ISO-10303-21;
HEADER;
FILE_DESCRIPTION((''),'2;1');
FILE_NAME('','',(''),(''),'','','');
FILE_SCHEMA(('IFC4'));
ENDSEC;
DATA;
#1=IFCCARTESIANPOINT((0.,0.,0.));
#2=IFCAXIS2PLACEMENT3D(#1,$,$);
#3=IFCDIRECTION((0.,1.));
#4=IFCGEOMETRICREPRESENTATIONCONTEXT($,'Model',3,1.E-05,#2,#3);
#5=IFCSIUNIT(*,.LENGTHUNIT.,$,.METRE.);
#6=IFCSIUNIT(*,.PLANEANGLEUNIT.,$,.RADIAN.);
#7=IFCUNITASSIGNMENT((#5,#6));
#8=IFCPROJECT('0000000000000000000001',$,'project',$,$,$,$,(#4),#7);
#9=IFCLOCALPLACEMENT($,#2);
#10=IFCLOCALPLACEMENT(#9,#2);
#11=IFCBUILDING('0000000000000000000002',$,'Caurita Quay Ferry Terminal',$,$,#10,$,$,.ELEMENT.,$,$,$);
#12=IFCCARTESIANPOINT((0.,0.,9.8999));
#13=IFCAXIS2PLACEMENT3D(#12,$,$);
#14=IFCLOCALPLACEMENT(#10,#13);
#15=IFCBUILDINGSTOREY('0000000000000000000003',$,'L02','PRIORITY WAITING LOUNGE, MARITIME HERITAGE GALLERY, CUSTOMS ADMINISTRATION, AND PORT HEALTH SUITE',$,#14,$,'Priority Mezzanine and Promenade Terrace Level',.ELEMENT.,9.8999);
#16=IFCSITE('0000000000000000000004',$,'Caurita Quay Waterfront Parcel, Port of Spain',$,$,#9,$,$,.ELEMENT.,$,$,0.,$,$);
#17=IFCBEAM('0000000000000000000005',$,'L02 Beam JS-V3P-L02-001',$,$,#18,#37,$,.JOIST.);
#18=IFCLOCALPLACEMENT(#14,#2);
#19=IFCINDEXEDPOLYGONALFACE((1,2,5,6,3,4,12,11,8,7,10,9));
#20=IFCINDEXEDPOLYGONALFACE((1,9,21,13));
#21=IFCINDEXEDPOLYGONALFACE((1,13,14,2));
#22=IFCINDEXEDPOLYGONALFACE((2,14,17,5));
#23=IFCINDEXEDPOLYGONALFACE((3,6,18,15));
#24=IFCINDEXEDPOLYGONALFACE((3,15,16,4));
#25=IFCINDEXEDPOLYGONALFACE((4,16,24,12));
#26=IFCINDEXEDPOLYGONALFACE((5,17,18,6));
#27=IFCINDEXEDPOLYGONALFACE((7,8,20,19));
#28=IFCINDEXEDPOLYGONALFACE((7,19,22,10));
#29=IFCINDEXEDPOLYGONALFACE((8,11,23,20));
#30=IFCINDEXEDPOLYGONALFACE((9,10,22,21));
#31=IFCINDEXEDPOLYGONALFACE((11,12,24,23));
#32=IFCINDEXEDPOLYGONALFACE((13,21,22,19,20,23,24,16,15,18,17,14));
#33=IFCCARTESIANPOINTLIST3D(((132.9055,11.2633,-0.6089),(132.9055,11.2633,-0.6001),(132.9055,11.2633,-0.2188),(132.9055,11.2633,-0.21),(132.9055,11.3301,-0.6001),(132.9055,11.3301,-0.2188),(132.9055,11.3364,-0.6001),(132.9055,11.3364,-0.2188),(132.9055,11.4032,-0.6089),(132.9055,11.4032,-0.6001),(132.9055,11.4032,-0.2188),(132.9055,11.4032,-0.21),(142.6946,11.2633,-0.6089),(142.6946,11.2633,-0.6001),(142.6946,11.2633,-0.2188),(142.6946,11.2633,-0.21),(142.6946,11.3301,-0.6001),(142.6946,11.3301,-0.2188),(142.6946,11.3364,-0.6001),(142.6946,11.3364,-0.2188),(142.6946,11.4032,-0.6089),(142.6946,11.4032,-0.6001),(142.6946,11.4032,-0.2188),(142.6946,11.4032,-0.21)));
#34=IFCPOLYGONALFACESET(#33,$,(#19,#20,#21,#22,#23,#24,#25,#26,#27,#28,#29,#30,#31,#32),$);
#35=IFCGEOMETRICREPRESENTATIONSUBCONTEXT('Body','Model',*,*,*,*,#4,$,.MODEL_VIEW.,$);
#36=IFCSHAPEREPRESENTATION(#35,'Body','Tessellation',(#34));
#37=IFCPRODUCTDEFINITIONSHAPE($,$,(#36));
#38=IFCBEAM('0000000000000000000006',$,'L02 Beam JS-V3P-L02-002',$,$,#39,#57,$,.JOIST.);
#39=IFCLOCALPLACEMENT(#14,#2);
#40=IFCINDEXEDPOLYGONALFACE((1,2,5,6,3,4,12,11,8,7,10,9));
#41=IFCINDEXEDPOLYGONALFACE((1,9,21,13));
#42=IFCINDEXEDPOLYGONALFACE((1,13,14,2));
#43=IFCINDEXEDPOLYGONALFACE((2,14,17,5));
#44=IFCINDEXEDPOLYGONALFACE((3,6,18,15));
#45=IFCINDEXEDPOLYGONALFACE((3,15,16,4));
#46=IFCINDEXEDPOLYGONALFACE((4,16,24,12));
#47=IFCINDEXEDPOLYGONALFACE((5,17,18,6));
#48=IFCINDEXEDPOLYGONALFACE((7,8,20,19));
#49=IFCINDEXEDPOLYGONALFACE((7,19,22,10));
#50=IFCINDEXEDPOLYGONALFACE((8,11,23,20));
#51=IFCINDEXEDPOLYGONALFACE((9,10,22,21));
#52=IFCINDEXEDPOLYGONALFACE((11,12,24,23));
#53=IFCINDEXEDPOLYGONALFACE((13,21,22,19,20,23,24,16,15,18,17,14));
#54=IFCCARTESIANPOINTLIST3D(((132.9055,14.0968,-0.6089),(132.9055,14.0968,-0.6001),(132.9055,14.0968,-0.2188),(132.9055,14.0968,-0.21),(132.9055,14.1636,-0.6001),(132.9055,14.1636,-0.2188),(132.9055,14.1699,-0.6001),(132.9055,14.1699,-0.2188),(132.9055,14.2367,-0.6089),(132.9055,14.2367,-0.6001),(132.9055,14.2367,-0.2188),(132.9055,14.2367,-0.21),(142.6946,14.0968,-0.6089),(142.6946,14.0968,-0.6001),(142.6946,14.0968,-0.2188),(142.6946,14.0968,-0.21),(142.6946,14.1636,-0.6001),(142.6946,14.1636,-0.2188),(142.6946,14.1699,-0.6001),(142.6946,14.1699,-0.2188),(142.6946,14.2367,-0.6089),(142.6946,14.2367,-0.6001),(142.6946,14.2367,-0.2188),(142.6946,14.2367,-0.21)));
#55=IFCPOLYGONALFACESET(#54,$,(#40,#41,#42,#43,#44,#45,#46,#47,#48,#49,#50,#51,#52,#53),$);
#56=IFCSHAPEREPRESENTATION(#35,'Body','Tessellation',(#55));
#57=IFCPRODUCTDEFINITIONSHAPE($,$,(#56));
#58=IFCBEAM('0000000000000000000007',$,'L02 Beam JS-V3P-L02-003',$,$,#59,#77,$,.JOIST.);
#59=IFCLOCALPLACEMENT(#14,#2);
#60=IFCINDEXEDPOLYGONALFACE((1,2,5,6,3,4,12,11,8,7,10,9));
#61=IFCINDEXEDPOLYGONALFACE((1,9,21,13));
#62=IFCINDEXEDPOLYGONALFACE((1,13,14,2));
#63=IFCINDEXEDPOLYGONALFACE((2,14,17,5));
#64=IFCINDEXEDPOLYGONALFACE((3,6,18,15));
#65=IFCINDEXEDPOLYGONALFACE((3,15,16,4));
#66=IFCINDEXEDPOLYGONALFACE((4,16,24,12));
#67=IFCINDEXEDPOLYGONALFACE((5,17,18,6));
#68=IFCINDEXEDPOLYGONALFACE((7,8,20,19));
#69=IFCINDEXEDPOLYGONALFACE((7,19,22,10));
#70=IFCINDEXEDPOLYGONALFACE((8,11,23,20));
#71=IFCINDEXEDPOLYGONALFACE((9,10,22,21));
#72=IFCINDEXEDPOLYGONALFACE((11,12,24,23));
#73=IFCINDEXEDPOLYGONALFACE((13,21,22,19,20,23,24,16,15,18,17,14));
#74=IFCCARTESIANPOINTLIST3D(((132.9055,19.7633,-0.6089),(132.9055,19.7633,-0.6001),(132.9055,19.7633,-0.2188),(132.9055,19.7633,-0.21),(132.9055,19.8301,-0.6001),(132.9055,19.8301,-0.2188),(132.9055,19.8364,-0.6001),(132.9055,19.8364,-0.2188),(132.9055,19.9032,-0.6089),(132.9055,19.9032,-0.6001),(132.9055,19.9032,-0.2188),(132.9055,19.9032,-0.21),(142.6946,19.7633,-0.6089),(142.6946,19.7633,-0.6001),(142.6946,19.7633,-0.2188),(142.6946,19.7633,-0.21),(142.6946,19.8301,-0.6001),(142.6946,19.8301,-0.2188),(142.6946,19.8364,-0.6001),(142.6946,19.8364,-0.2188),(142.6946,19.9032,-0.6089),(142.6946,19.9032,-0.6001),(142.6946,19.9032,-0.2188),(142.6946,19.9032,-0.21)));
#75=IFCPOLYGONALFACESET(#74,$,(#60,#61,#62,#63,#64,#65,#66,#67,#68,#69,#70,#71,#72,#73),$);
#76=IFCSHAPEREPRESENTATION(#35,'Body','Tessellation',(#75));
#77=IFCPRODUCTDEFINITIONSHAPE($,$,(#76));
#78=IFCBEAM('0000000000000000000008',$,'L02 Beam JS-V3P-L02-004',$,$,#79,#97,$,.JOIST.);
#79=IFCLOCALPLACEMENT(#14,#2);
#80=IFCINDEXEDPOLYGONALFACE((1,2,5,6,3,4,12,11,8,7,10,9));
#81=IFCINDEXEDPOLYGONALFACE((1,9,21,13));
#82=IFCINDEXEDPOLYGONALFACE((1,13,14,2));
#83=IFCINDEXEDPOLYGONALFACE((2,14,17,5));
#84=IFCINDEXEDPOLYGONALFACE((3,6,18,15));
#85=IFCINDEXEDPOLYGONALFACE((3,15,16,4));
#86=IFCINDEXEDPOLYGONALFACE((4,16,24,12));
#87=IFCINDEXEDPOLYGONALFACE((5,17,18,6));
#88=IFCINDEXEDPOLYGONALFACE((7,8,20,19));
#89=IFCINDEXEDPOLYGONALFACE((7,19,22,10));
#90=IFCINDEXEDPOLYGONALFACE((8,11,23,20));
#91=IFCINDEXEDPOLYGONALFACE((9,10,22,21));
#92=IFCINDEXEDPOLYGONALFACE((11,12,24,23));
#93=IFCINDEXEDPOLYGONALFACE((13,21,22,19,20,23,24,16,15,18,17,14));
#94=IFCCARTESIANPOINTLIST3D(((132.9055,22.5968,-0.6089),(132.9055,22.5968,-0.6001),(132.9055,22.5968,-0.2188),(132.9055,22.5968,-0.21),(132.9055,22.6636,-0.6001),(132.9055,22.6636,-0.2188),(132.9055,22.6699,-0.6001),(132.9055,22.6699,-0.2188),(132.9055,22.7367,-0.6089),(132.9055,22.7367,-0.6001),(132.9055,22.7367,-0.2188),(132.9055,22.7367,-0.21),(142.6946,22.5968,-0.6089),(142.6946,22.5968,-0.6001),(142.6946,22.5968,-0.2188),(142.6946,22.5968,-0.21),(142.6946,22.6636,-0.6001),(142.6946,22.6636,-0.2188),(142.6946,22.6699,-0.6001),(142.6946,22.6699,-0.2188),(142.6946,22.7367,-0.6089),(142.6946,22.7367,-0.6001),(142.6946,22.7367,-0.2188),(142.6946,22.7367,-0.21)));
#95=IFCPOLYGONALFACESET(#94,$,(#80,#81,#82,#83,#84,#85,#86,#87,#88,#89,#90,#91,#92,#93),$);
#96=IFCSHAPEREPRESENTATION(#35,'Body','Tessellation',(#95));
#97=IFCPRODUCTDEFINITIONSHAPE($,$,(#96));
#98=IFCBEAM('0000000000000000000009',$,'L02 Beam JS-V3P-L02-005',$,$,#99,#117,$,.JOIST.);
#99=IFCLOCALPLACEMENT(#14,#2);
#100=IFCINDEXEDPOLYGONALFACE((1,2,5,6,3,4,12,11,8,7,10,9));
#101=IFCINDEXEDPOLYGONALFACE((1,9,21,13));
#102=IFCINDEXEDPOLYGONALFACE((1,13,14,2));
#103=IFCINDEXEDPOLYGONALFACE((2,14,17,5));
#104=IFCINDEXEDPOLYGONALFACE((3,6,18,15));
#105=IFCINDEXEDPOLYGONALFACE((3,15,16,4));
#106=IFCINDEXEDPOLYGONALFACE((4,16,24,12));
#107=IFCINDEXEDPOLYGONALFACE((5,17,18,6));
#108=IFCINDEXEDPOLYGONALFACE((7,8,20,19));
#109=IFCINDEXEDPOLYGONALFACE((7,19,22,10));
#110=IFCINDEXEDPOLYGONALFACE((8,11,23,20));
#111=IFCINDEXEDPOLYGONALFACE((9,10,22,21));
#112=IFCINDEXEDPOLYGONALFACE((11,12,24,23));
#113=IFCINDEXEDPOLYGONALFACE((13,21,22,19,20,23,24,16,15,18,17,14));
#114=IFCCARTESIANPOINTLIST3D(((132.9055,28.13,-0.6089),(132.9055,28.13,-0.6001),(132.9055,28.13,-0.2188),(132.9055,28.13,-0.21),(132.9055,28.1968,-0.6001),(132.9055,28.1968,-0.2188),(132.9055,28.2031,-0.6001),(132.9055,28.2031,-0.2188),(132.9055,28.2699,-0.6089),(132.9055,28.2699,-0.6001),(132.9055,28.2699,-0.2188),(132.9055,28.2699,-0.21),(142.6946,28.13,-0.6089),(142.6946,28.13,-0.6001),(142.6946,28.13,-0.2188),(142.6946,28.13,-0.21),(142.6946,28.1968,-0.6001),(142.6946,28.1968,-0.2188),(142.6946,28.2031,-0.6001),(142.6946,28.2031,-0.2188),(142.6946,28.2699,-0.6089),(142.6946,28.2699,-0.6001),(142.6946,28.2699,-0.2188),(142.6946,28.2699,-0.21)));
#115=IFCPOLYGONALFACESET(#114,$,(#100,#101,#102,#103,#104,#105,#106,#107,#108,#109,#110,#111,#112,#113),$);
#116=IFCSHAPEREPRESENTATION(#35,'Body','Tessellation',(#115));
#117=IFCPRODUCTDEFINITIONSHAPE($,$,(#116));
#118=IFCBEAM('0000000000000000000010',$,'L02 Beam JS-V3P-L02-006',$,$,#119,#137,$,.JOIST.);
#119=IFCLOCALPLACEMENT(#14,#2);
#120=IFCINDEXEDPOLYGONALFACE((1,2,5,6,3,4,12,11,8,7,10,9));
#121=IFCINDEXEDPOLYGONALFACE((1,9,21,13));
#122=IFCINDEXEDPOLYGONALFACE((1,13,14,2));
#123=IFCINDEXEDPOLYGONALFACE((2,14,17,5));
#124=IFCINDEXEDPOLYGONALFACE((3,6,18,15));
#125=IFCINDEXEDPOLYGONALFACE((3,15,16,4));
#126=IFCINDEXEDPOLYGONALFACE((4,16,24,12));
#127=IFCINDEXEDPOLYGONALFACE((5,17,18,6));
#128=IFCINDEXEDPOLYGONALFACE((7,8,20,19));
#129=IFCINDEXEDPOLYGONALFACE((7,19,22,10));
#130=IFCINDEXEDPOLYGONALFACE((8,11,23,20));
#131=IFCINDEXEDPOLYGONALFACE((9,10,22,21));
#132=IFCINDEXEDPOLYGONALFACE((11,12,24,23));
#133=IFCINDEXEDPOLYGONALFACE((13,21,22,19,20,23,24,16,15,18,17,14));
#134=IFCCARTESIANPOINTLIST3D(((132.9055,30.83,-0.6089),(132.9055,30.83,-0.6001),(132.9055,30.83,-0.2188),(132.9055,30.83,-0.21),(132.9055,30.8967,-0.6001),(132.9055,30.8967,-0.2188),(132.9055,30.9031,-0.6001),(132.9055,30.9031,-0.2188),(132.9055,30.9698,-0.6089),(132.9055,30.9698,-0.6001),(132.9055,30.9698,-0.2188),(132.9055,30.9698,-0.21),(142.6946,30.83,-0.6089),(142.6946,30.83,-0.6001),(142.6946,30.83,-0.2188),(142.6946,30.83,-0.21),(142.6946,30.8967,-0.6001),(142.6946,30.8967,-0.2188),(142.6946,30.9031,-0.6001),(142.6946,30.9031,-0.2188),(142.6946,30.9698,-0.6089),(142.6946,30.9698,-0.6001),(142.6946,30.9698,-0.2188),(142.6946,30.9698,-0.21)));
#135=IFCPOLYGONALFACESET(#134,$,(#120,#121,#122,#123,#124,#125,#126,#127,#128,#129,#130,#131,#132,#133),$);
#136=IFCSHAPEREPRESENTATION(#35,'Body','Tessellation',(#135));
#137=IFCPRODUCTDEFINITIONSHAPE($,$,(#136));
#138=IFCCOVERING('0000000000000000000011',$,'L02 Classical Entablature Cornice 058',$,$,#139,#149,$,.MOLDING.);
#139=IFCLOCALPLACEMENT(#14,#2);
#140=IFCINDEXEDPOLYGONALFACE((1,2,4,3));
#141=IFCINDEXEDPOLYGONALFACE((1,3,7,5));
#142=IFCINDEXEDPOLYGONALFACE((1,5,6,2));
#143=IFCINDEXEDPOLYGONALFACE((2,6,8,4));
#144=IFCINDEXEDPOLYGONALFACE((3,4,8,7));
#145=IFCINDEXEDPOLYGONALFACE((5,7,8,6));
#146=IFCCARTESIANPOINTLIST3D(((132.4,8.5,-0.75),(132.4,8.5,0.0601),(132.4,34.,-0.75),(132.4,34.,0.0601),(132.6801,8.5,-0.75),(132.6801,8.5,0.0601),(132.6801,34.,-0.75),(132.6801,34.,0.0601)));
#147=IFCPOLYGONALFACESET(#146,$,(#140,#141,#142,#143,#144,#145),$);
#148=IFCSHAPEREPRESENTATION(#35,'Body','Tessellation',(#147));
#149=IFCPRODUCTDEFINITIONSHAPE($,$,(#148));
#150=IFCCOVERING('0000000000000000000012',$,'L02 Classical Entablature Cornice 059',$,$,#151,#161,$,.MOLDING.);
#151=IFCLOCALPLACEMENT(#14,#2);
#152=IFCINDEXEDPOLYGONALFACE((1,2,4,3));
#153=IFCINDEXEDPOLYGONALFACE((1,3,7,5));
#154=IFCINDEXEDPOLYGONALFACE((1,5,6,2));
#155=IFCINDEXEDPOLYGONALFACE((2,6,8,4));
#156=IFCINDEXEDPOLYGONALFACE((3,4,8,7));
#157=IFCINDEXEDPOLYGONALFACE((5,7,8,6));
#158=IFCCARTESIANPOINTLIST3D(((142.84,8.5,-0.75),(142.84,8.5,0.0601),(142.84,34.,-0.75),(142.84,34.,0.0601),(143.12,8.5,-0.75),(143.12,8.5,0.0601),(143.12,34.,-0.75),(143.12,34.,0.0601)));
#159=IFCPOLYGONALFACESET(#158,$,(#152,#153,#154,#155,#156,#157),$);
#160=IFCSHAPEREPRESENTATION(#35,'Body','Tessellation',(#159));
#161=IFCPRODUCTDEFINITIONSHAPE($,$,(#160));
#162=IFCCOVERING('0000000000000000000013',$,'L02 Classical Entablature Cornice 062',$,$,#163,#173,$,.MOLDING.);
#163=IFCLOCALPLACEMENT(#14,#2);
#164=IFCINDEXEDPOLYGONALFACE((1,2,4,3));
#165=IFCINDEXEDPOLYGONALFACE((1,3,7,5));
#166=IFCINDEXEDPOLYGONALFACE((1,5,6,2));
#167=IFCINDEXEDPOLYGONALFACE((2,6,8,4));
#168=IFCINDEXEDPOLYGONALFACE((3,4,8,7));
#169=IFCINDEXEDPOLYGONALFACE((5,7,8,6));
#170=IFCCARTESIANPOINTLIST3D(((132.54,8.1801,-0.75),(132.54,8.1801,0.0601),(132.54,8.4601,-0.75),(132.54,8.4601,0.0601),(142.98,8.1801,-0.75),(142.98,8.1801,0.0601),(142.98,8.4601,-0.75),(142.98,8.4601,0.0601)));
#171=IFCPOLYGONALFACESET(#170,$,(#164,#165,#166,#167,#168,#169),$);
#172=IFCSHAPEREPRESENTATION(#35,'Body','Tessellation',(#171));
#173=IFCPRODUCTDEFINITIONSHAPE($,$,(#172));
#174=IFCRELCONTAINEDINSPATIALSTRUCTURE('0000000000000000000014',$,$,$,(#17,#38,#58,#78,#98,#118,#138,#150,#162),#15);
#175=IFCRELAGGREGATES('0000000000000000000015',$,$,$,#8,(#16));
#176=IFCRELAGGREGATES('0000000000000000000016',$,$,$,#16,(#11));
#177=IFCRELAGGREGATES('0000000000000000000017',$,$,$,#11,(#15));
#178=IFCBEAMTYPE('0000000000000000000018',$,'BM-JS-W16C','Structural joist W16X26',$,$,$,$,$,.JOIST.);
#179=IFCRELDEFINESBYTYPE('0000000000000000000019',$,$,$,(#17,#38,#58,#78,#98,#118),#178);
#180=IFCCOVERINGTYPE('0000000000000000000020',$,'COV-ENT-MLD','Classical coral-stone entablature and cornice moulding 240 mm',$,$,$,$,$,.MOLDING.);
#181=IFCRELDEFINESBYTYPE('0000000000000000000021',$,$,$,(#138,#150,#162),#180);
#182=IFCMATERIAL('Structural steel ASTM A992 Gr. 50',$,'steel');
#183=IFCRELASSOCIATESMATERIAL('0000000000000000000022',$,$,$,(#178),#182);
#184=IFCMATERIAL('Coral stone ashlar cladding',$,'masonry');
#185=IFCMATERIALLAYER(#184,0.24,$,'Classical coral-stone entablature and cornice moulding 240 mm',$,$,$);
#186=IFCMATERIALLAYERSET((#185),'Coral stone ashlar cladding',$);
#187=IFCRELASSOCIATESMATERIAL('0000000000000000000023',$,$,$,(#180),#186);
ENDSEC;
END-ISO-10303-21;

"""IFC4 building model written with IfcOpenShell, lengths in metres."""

from ifc_helpers import new_model, si_unit, direction, frame, frame_2d, origin, origin_2d, place, context, subcontext, project, spatial, rectangle, i_section, extrude, material, layer, layer_set, material_profile, profile_set, type_object, element, save


model = new_model("IFC4")

# Units and contexts
model_context = context("Model", 3, precision=1e-05, world=origin(), true_north=direction((0.0, 1.0)))
body_context = subcontext(model_context, "Body", "Model", "MODEL_VIEW")
ifc_project = project(units=[si_unit("LENGTHUNIT", "METRE"), si_unit("PLANEANGLEUNIT", "RADIAN")], contexts=[model_context])

# Site, building, storey
site_placement = place(None, origin())
site = spatial("IfcSite", under=ifc_project, at=site_placement, Name="Caurita Quay Waterfront Parcel, Port of Spain", CompositionType="ELEMENT", RefElevation=0.0)
building_placement = place(site_placement, origin())
building = spatial("IfcBuilding", under=site, at=building_placement, Name="Caurita Quay Ferry Terminal", CompositionType="ELEMENT")
storey_placement = place(building_placement, frame((0.0, 0.0, 9.8999)))
storey = spatial("IfcBuildingStorey", under=building, at=storey_placement, Name="L02", Description="PRIORITY WAITING LOUNGE, MARITIME HERITAGE GALLERY, CUSTOMS ADMINISTRATION, AND PORT HEALTH SUITE", LongName="Priority Mezzanine and Promenade Terrace Level", CompositionType="ELEMENT", Elevation=9.8999)

# Beams
ifc_material_1 = material(Name="Structural steel ASTM A992 Gr. 50", Category="steel")
ifc_material_profile_1 = material_profile(ifc_material_1, i_section(OverallWidth=0.1399, OverallDepth=0.3989, WebThickness=0.0063, FlangeThickness=0.0088, at=origin_2d()), Name="W16X26")
ifc_profile_set_1 = profile_set([ifc_material_profile_1], Name="Structural steel ASTM A992 Gr. 50")
beam_type_1 = type_object("IfcBeamType", Name="BM-JS-W16C", Description="Structural joist W16X26", PredefinedType="JOIST", material=ifc_profile_set_1)
for number, where, z_axis, x_axis, name in (
    (1, (132.9055, 11.3333, -0.4094), (1.0, 0.0, 0.0), (0.0, 1.0, 0.0), "L02 Beam JS-V3P-L02-001"),
    (2, (132.9055, 14.1667, -0.4094), (1.0, 0.0, 0.0), (0.0, 1.0, 0.0), "L02 Beam JS-V3P-L02-002"),
    (3, (132.9055, 19.8333, -0.4094), (1.0, 0.0, 0.0), (0.0, 1.0, 0.0), "L02 Beam JS-V3P-L02-003"),
    (4, (132.9055, 22.6667, -0.4094), (1.0, 0.0, 0.0), (0.0, 1.0, 0.0), "L02 Beam JS-V3P-L02-004"),
    (5, (132.9055, 28.2, -0.4094), (1.0, 0.0, 0.0), (0.0, 1.0, 0.0), "L02 Beam JS-V3P-L02-005"),
    (6, (132.9055, 30.8999, -0.4094), (1.0, 0.0, 0.0), (0.0, 1.0, 0.0), "L02 Beam JS-V3P-L02-006"),
):
    element("IfcBeam", number, at=place(storey_placement, frame(where, z_axis=z_axis, x_axis=x_axis)), inside=storey, type_object=beam_type_1, Name=name, PredefinedType="JOIST", context=body_context, shape_type="SweptSolid", body=[
        extrude(i_section(OverallWidth=0.1399, OverallDepth=0.3989, WebThickness=0.0063, FlangeThickness=0.0088, at=origin_2d()), origin(), (0.0, 0.0, 1.0), 9.7891),
    ])

# Coverings
ifc_material_2 = material(Name="Coral stone ashlar cladding", Category="masonry")
ifc_layer = layer(ifc_material_2, 0.24, Name="Classical coral-stone entablature and cornice moulding 240 mm")
ifc_layer_set = layer_set([ifc_layer], Name="Coral stone ashlar cladding")
covering_type = type_object("IfcCoveringType", Name="COV-ENT-MLD", Description="Classical coral-stone entablature and cornice moulding 240 mm", PredefinedType="MOLDING", material=ifc_layer_set)
for number, where, z_axis, x_axis, name in (
    (7, (132.54, 34.0, -0.75), (0.0, 0.0, 1.0), (0.0, -1.0, 0.0), "L02 Classical Entablature Cornice 058"),
    (8, (142.98, 8.5, -0.75), (0.0, 0.0, 1.0), (0.0, 1.0, 0.0), "L02 Classical Entablature Cornice 059"),
):
    element("IfcCovering", number, at=place(storey_placement, frame(where, z_axis=z_axis, x_axis=x_axis)), inside=storey, type_object=covering_type, Name=name, PredefinedType="MOLDING", context=body_context, shape_type="SweptSolid", body=[
        extrude(rectangle(XDim=25.5, YDim=0.28, at=frame_2d((12.75, 0.0))), origin(), (0.0, 0.0, 1.0), 0.8101),
    ])
covering_placement = place(storey_placement, frame((132.54, 8.3201, -0.75), z_axis=(0.0, 0.0, 1.0), x_axis=(1.0, 0.0, 0.0)))
element("IfcCovering", 9, at=covering_placement, inside=storey, type_object=covering_type, Name="L02 Classical Entablature Cornice 062", PredefinedType="MOLDING", context=body_context, shape_type="SweptSolid", body=[
    extrude(rectangle(XDim=10.4399, YDim=0.28, at=frame_2d((5.22, 0.0))), origin(), (0.0, 0.0, 1.0), 0.8101),
])

save(model, "model.ifc")
